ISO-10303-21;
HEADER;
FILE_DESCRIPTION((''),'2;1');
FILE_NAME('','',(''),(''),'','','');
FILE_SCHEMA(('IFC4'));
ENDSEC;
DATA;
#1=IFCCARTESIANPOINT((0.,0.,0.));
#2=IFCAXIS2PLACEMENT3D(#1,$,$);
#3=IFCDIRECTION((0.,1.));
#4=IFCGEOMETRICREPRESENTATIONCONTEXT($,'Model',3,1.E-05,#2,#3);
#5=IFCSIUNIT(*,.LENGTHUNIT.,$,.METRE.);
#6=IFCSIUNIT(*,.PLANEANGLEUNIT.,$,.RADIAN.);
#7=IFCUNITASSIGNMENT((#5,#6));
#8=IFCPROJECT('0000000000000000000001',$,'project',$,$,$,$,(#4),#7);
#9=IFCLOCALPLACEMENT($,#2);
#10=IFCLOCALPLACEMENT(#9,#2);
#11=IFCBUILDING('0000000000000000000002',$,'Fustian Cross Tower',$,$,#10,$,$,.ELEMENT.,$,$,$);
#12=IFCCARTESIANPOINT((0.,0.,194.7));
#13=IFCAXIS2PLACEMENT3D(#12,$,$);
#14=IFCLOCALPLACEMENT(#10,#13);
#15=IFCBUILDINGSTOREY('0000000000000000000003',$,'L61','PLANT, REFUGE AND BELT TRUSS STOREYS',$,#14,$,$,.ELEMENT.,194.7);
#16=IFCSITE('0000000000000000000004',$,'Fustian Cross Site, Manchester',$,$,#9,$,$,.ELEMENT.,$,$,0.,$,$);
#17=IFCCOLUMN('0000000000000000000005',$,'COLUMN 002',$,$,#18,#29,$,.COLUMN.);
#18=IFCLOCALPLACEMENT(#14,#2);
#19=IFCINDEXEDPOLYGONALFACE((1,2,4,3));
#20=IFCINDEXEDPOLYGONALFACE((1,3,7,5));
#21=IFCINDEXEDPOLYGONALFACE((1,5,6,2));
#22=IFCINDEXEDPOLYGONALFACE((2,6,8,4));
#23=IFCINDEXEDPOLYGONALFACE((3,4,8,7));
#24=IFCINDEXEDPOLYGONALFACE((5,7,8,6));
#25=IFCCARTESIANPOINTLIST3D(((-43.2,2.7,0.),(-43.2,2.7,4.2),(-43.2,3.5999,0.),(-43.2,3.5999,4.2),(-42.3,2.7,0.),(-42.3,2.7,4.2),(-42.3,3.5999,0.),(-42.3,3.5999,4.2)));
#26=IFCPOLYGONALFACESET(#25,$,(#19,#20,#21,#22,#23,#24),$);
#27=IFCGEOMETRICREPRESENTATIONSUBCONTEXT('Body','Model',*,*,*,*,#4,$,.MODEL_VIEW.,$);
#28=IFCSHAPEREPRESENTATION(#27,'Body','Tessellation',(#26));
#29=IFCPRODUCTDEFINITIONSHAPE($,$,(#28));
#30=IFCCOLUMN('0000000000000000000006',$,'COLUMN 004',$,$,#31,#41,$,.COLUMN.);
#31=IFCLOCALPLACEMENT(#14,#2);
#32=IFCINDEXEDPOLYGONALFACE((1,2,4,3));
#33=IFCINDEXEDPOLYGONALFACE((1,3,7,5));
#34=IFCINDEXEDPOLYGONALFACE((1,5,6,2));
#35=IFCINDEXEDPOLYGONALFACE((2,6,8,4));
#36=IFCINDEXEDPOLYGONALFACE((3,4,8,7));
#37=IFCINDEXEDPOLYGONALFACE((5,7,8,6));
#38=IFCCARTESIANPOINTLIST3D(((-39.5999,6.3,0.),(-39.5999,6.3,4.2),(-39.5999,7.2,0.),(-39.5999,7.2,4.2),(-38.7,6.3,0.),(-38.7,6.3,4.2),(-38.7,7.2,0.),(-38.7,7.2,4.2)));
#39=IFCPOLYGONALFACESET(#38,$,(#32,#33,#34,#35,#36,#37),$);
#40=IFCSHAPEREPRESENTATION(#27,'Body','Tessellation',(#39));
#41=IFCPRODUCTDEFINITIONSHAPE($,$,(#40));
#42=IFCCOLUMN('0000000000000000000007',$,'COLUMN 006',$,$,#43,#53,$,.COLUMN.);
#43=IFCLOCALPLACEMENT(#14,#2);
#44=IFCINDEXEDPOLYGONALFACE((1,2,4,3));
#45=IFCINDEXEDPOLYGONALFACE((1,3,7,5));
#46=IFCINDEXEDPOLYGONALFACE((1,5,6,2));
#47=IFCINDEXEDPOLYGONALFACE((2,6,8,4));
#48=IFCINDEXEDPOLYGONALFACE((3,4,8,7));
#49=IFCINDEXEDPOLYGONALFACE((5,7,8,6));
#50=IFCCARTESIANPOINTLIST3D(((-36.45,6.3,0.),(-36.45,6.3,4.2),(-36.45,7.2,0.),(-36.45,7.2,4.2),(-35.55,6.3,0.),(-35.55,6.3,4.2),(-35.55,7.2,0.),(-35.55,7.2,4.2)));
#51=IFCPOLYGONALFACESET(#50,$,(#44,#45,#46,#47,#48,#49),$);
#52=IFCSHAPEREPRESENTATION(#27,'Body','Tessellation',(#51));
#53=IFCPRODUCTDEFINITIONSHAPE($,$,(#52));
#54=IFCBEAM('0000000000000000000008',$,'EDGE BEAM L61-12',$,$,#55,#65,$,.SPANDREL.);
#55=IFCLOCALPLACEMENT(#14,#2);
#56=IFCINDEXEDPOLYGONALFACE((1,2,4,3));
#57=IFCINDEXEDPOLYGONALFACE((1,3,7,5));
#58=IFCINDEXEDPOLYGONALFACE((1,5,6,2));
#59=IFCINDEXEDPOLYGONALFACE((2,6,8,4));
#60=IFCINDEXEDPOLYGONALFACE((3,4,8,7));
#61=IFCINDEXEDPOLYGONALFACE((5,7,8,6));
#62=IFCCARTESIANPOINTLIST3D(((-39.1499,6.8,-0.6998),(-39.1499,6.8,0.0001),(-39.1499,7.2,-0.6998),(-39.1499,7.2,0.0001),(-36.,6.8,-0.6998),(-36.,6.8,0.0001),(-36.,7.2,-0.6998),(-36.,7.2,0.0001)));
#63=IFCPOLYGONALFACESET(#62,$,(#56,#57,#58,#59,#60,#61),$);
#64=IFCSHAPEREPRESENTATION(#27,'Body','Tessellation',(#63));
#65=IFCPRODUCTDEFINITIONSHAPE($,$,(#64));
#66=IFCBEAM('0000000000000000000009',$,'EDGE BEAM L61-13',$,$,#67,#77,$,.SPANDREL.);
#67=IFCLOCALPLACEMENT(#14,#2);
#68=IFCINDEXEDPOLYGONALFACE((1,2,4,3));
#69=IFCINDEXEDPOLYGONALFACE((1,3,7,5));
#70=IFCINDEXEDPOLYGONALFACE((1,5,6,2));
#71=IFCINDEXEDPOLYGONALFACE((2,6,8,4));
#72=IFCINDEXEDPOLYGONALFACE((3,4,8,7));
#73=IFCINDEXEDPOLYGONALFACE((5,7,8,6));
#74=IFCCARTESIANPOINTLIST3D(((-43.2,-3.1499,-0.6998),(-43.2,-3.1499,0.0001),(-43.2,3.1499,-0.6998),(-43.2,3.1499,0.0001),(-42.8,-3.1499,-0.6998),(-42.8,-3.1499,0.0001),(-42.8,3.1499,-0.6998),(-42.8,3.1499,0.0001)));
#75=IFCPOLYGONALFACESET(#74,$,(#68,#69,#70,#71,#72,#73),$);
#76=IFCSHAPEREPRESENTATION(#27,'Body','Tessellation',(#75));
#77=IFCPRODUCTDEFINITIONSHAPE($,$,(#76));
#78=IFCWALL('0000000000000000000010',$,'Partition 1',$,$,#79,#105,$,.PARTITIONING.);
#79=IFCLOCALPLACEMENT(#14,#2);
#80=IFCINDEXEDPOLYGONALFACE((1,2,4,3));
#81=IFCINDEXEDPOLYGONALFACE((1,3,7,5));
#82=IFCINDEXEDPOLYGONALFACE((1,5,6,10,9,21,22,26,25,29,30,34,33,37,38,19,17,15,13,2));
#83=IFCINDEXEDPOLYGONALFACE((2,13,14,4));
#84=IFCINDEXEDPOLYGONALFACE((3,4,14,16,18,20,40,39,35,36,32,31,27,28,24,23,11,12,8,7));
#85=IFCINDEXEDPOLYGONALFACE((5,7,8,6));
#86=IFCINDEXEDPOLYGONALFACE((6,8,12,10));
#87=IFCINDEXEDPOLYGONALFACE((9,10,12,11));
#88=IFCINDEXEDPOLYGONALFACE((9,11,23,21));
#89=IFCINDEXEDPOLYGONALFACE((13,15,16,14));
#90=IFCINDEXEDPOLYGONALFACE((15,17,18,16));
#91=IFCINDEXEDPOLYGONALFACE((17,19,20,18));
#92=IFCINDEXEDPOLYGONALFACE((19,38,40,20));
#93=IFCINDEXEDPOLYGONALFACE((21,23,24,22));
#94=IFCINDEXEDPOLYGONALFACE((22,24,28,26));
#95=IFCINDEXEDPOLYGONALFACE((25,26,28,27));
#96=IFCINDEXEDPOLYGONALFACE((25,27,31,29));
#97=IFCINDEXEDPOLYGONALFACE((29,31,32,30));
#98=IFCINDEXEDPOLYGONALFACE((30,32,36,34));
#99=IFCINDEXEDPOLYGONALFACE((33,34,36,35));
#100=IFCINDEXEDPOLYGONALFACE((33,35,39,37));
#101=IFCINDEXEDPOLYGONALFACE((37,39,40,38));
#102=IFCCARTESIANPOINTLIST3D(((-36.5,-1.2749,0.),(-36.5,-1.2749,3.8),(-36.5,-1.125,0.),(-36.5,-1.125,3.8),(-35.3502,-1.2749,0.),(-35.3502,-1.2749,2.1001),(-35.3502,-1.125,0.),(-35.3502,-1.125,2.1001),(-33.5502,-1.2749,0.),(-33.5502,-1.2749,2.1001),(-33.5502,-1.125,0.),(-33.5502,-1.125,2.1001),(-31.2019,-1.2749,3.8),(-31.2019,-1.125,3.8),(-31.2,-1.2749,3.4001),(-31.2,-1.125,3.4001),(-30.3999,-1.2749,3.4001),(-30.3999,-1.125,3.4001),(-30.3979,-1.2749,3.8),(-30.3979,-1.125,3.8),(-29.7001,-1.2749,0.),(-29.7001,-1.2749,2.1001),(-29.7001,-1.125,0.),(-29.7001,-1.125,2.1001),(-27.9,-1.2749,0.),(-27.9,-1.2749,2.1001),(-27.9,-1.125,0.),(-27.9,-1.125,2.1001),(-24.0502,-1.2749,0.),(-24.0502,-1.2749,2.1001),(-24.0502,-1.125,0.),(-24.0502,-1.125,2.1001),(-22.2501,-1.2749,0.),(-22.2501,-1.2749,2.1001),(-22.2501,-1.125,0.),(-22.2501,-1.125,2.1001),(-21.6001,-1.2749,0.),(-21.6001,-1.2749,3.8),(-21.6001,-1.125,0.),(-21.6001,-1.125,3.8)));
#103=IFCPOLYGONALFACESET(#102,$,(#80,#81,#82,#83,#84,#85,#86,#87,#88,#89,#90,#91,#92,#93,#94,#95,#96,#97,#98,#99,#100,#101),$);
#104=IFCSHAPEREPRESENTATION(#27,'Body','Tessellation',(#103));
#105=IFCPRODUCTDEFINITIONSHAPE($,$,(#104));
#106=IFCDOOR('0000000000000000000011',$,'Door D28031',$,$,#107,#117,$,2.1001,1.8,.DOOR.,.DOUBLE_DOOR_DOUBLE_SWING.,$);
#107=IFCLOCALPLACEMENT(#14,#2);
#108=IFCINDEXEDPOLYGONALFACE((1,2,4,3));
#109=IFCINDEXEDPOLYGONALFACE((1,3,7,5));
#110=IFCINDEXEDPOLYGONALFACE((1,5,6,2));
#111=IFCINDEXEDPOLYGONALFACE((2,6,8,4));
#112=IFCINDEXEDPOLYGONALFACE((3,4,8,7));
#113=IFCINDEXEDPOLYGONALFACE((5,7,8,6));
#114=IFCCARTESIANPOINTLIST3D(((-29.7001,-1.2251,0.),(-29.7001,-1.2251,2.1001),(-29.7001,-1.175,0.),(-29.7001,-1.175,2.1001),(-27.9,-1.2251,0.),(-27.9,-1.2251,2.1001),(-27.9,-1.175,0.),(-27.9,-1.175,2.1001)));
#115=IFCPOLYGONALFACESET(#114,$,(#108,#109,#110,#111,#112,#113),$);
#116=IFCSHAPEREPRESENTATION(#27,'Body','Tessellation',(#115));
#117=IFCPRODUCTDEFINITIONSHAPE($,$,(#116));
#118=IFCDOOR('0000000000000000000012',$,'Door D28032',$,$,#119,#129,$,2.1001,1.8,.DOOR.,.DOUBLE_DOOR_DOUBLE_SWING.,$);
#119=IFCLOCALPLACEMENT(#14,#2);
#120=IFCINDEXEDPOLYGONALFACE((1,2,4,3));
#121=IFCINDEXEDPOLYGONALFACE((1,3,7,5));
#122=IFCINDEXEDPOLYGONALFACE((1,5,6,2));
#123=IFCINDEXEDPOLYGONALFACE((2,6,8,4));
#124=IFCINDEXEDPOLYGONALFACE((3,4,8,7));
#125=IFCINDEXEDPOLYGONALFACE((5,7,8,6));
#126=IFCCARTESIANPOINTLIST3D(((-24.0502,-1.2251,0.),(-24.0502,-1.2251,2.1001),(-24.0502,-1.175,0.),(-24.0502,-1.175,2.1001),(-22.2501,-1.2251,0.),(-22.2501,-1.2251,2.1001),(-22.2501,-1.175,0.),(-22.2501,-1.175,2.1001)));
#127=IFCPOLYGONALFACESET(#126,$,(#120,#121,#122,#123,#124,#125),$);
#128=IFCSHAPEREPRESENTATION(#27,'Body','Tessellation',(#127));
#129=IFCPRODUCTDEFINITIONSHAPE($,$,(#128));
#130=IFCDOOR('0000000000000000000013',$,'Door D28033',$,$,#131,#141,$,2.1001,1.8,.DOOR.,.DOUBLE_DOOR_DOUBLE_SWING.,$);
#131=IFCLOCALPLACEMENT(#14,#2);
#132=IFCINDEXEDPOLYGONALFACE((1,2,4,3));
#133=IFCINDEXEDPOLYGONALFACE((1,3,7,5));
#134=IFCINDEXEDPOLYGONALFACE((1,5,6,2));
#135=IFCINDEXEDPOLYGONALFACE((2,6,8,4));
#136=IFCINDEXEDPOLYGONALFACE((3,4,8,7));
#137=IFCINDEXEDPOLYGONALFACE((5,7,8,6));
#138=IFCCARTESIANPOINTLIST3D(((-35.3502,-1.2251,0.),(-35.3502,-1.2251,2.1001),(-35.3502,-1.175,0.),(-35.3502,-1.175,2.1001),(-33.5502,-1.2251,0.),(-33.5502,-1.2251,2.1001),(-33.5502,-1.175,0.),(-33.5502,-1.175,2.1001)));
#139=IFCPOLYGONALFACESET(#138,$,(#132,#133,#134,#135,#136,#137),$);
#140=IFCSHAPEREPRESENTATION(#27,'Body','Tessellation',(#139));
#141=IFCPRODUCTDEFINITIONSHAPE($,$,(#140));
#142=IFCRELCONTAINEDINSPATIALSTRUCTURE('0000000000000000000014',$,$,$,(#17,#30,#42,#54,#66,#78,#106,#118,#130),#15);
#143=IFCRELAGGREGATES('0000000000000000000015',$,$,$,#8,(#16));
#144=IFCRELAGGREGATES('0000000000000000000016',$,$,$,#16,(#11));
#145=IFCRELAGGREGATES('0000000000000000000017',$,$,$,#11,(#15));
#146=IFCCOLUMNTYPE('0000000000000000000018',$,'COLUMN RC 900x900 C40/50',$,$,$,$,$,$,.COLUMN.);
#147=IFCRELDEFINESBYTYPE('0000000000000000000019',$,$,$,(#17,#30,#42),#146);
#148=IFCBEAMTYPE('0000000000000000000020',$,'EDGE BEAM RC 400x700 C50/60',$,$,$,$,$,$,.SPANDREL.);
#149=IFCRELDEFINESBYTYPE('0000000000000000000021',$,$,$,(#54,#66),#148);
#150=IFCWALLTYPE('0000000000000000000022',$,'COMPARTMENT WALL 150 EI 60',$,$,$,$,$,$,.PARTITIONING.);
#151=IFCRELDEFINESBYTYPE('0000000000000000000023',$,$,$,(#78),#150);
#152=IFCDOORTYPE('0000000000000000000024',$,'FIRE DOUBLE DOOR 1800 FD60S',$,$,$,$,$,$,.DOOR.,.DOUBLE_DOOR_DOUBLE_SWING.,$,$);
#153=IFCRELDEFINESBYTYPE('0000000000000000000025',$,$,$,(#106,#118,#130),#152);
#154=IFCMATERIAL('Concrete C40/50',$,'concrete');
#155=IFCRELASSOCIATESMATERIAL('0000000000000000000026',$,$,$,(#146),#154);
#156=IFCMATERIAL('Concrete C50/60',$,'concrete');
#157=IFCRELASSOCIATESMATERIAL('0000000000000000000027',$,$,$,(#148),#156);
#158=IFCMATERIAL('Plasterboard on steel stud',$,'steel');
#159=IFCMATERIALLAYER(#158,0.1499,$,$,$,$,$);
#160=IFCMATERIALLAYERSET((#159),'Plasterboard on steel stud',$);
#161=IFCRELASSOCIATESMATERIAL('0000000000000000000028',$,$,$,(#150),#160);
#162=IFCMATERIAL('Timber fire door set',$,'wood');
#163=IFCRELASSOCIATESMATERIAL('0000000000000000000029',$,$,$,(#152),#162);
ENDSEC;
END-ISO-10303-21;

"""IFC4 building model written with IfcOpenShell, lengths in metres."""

from ifc_helpers import new_model, si_unit, direction, frame, frame_2d, origin, origin_2d, place, context, subcontext, project, spatial, polyline, rectangle, outline, extrude, material, layer, layer_set, material_profile, profile_set, type_object, element, fill, save


model = new_model("IFC4")

# Units and contexts
model_context = context("Model", 3, precision=1e-05, world=origin(), true_north=direction((0.0, 1.0)))
body_context = subcontext(model_context, "Body", "Model", "MODEL_VIEW")
ifc_project = project(units=[si_unit("LENGTHUNIT", "METRE"), si_unit("PLANEANGLEUNIT", "RADIAN")], contexts=[model_context])

# Site, building, storey
site_placement = place(None, origin())
site = spatial("IfcSite", under=ifc_project, at=site_placement, Name="Fustian Cross Site, Manchester", CompositionType="ELEMENT", RefElevation=0.0)
building_placement = place(site_placement, origin())
building = spatial("IfcBuilding", under=site, at=building_placement, Name="Fustian Cross Tower", CompositionType="ELEMENT")
storey_placement = place(building_placement, frame((0.0, 0.0, 194.7)))
storey = spatial("IfcBuildingStorey", under=building, at=storey_placement, Name="L61", Description="PLANT, REFUGE AND BELT TRUSS STOREYS", CompositionType="ELEMENT", Elevation=194.7)

# Columns
ifc_material_1 = material(Name="Concrete C40/50", Category="concrete")
ifc_material_profile_1 = material_profile(ifc_material_1, rectangle(XDim=0.8999, YDim=0.8999, at=origin_2d()), Name="RC 900x900")
ifc_profile_set_1 = profile_set([ifc_material_profile_1], Name="Concrete C40/50")
column_type = type_object("IfcColumnType", Name="COLUMN RC 900x900 C40/50", PredefinedType="COLUMN", material=ifc_profile_set_1)
for number, where, z_axis, x_axis, name in (
    (1, (-42.75, 3.1499, 0.0), (0.0, 0.0, 1.0), (1.0, 0.0, 0.0), "COLUMN 002"),
    (2, (-39.1499, 6.75, 0.0), (0.0, 0.0, 1.0), (1.0, 0.0, 0.0), "COLUMN 004"),
    (3, (-36.0, 6.75, 0.0), (0.0, 0.0, 1.0), (1.0, 0.0, 0.0), "COLUMN 006"),
):
    element("IfcColumn", number, at=place(storey_placement, frame(where, z_axis=z_axis, x_axis=x_axis)), inside=storey, type_object=column_type, Name=name, PredefinedType="COLUMN", context=body_context, shape_type="SweptSolid", body=[
        extrude(rectangle(XDim=0.8999, YDim=0.8999, at=origin_2d()), origin(), (0.0, 0.0, 1.0), 4.2),
    ])

# Beams
ifc_material_2 = material(Name="Concrete C50/60", Category="concrete")
ifc_material_profile_2 = material_profile(ifc_material_2, rectangle(XDim=0.3999, YDim=0.7, at=origin_2d()), Name="RC 400x700")
ifc_profile_set_2 = profile_set([ifc_material_profile_2], Name="Concrete C50/60")
beam_type = type_object("IfcBeamType", Name="EDGE BEAM RC 400x700 C50/60", PredefinedType="SPANDREL", material=ifc_profile_set_2)
beam_1_placement = place(storey_placement, frame((-36.0, 7.0, -0.3499), z_axis=(-1.0, 0.0, 0.0), x_axis=(0.0, -1.0, 0.0)))
element("IfcBeam", 4, at=beam_1_placement, inside=storey, type_object=beam_type, Name="EDGE BEAM L61-12", PredefinedType="SPANDREL", context=body_context, shape_type="SweptSolid", body=[
    extrude(rectangle(XDim=0.3999, YDim=0.7, at=origin_2d()), origin(), (0.0, 0.0, 1.0), 3.1499),
])
beam_2_placement = place(storey_placement, frame((-43.0, 3.1499, -0.3499), z_axis=(0.0, -1.0, 0.0), x_axis=(1.0, 0.0, 0.0)))
element("IfcBeam", 5, at=beam_2_placement, inside=storey, type_object=beam_type, Name="EDGE BEAM L61-13", PredefinedType="SPANDREL", context=body_context, shape_type="SweptSolid", body=[
    extrude(rectangle(XDim=0.3999, YDim=0.7, at=origin_2d()), origin(), (0.0, 0.0, 1.0), 6.2998),
])

# Wall, openings, doors
ifc_material_3 = material(Name="Plasterboard on steel stud", Category="steel")
ifc_layer_1 = layer(ifc_material_3, 0.1499)
ifc_layer_set_1 = layer_set([ifc_layer_1], Name="Plasterboard on steel stud")
wall_type_1 = type_object("IfcWallType", Name="COMPARTMENT WALL 150 EI 60", PredefinedType="PARTITIONING", material=ifc_layer_set_1)
wall_1_placement = place(storey_placement, frame((-36.5, -1.2, 0.0), z_axis=(0.0, 0.0, 1.0), x_axis=(1.0, 0.0, 0.0)))
wall_1 = element("IfcWall", 6, at=wall_1_placement, inside=storey, type_object=wall_type_1, Name="Partition 1", PredefinedType="PARTITIONING", context=body_context, shape_type="SweptSolid", body=[
    extrude(outline(polyline([(0.0, 0.0), (14.8999, 0.0), (14.8999, 3.8), (6.1021, 3.8), (6.1001, 3.4001), (5.3, 3.4001), (5.2981, 3.8), (0.0, 3.8), (0.0, 0.0)])), frame((0.0, 0.075, 0.0), z_axis=(0.0, -1.0, 0.0), x_axis=(1.0, 0.0, 0.0)), (0.0, 0.0, 1.0), 0.1499),
])
opening_1_placement = place(wall_1_placement, frame((6.8, 0.0, 0.0)))
opening_1 = element("IfcOpeningElement", 7, at=opening_1_placement, cuts=wall_1, PredefinedType="OPENING", context=body_context, shape_type="SweptSolid", body=[
    extrude(rectangle(XDim=1.8, YDim=2.1001, at=frame_2d((0.8999, 1.05))), frame((0.0, 0.085, 0.0), z_axis=(0.0, -1.0, 0.0), x_axis=(1.0, 0.0, 0.0)), (0.0, 0.0, 1.0), 0.1699),
])
opening_2_placement = place(wall_1_placement, frame((12.45, 0.0, 0.0)))
opening_2 = element("IfcOpeningElement", 8, at=opening_2_placement, cuts=wall_1, PredefinedType="OPENING", context=body_context, shape_type="SweptSolid", body=[
    extrude(rectangle(XDim=1.8, YDim=2.1001, at=frame_2d((0.8999, 1.05))), frame((0.0, 0.085, 0.0), z_axis=(0.0, -1.0, 0.0), x_axis=(1.0, 0.0, 0.0)), (0.0, 0.0, 1.0), 0.1699),
])
opening_3_placement = place(wall_1_placement, frame((1.1499, 0.0, 0.0)))
opening_3 = element("IfcOpeningElement", 9, at=opening_3_placement, cuts=wall_1, PredefinedType="OPENING", context=body_context, shape_type="SweptSolid", body=[
    extrude(rectangle(XDim=1.8, YDim=2.1001, at=frame_2d((0.8999, 1.05))), frame((0.0, 0.085, 0.0), z_axis=(0.0, -1.0, 0.0), x_axis=(1.0, 0.0, 0.0)), (0.0, 0.0, 1.0), 0.1699),
])
ifc_material_4 = material(Name="Timber fire door set", Category="wood")
door_type_1 = type_object("IfcDoorType", Name="FIRE DOUBLE DOOR 1800 FD60S", OperationType="DOUBLE_DOOR_DOUBLE_SWING", PredefinedType="DOOR", material=ifc_material_4)
door_1_placement = place(opening_1_placement, origin())
door_1 = element("IfcDoor", 10, at=door_1_placement, inside=storey, type_object=door_type_1, Name="Door D28031", OperationType="DOUBLE_DOOR_DOUBLE_SWING", OverallHeight=2.1001, OverallWidth=1.8, PredefinedType="DOOR", context=body_context, shape_type="SweptSolid", body=[
    extrude(rectangle(XDim=1.8, YDim=2.1001, at=frame_2d((0.8999, 1.05))), frame((0.0, 0.0249, 0.0), z_axis=(0.0, -1.0, 0.0), x_axis=(1.0, 0.0, 0.0)), (0.0, 0.0, 1.0), 0.05),
])
fill(opening_1, door_1)
door_2_placement = place(opening_2_placement, origin())
door_2 = element("IfcDoor", 11, at=door_2_placement, inside=storey, type_object=door_type_1, Name="Door D28032", OperationType="DOUBLE_DOOR_DOUBLE_SWING", OverallHeight=2.1001, OverallWidth=1.8, PredefinedType="DOOR", context=body_context, shape_type="SweptSolid", body=[
    extrude(rectangle(XDim=1.8, YDim=2.1001, at=frame_2d((0.8999, 1.05))), frame((0.0, 0.0249, 0.0), z_axis=(0.0, -1.0, 0.0), x_axis=(1.0, 0.0, 0.0)), (0.0, 0.0, 1.0), 0.05),
])
fill(opening_2, door_2)
door_3_placement = place(opening_3_placement, origin())
door_3 = element("IfcDoor", 12, at=door_3_placement, inside=storey, type_object=door_type_1, Name="Door D28033", OperationType="DOUBLE_DOOR_DOUBLE_SWING", OverallHeight=2.1001, OverallWidth=1.8, PredefinedType="DOOR", context=body_context, shape_type="SweptSolid", body=[
    extrude(rectangle(XDim=1.8, YDim=2.1001, at=frame_2d((0.8999, 1.05))), frame((0.0, 0.0249, 0.0), z_axis=(0.0, -1.0, 0.0), x_axis=(1.0, 0.0, 0.0)), (0.0, 0.0, 1.0), 0.05),
])
fill(opening_3, door_3)

save(model, "model.ifc")
